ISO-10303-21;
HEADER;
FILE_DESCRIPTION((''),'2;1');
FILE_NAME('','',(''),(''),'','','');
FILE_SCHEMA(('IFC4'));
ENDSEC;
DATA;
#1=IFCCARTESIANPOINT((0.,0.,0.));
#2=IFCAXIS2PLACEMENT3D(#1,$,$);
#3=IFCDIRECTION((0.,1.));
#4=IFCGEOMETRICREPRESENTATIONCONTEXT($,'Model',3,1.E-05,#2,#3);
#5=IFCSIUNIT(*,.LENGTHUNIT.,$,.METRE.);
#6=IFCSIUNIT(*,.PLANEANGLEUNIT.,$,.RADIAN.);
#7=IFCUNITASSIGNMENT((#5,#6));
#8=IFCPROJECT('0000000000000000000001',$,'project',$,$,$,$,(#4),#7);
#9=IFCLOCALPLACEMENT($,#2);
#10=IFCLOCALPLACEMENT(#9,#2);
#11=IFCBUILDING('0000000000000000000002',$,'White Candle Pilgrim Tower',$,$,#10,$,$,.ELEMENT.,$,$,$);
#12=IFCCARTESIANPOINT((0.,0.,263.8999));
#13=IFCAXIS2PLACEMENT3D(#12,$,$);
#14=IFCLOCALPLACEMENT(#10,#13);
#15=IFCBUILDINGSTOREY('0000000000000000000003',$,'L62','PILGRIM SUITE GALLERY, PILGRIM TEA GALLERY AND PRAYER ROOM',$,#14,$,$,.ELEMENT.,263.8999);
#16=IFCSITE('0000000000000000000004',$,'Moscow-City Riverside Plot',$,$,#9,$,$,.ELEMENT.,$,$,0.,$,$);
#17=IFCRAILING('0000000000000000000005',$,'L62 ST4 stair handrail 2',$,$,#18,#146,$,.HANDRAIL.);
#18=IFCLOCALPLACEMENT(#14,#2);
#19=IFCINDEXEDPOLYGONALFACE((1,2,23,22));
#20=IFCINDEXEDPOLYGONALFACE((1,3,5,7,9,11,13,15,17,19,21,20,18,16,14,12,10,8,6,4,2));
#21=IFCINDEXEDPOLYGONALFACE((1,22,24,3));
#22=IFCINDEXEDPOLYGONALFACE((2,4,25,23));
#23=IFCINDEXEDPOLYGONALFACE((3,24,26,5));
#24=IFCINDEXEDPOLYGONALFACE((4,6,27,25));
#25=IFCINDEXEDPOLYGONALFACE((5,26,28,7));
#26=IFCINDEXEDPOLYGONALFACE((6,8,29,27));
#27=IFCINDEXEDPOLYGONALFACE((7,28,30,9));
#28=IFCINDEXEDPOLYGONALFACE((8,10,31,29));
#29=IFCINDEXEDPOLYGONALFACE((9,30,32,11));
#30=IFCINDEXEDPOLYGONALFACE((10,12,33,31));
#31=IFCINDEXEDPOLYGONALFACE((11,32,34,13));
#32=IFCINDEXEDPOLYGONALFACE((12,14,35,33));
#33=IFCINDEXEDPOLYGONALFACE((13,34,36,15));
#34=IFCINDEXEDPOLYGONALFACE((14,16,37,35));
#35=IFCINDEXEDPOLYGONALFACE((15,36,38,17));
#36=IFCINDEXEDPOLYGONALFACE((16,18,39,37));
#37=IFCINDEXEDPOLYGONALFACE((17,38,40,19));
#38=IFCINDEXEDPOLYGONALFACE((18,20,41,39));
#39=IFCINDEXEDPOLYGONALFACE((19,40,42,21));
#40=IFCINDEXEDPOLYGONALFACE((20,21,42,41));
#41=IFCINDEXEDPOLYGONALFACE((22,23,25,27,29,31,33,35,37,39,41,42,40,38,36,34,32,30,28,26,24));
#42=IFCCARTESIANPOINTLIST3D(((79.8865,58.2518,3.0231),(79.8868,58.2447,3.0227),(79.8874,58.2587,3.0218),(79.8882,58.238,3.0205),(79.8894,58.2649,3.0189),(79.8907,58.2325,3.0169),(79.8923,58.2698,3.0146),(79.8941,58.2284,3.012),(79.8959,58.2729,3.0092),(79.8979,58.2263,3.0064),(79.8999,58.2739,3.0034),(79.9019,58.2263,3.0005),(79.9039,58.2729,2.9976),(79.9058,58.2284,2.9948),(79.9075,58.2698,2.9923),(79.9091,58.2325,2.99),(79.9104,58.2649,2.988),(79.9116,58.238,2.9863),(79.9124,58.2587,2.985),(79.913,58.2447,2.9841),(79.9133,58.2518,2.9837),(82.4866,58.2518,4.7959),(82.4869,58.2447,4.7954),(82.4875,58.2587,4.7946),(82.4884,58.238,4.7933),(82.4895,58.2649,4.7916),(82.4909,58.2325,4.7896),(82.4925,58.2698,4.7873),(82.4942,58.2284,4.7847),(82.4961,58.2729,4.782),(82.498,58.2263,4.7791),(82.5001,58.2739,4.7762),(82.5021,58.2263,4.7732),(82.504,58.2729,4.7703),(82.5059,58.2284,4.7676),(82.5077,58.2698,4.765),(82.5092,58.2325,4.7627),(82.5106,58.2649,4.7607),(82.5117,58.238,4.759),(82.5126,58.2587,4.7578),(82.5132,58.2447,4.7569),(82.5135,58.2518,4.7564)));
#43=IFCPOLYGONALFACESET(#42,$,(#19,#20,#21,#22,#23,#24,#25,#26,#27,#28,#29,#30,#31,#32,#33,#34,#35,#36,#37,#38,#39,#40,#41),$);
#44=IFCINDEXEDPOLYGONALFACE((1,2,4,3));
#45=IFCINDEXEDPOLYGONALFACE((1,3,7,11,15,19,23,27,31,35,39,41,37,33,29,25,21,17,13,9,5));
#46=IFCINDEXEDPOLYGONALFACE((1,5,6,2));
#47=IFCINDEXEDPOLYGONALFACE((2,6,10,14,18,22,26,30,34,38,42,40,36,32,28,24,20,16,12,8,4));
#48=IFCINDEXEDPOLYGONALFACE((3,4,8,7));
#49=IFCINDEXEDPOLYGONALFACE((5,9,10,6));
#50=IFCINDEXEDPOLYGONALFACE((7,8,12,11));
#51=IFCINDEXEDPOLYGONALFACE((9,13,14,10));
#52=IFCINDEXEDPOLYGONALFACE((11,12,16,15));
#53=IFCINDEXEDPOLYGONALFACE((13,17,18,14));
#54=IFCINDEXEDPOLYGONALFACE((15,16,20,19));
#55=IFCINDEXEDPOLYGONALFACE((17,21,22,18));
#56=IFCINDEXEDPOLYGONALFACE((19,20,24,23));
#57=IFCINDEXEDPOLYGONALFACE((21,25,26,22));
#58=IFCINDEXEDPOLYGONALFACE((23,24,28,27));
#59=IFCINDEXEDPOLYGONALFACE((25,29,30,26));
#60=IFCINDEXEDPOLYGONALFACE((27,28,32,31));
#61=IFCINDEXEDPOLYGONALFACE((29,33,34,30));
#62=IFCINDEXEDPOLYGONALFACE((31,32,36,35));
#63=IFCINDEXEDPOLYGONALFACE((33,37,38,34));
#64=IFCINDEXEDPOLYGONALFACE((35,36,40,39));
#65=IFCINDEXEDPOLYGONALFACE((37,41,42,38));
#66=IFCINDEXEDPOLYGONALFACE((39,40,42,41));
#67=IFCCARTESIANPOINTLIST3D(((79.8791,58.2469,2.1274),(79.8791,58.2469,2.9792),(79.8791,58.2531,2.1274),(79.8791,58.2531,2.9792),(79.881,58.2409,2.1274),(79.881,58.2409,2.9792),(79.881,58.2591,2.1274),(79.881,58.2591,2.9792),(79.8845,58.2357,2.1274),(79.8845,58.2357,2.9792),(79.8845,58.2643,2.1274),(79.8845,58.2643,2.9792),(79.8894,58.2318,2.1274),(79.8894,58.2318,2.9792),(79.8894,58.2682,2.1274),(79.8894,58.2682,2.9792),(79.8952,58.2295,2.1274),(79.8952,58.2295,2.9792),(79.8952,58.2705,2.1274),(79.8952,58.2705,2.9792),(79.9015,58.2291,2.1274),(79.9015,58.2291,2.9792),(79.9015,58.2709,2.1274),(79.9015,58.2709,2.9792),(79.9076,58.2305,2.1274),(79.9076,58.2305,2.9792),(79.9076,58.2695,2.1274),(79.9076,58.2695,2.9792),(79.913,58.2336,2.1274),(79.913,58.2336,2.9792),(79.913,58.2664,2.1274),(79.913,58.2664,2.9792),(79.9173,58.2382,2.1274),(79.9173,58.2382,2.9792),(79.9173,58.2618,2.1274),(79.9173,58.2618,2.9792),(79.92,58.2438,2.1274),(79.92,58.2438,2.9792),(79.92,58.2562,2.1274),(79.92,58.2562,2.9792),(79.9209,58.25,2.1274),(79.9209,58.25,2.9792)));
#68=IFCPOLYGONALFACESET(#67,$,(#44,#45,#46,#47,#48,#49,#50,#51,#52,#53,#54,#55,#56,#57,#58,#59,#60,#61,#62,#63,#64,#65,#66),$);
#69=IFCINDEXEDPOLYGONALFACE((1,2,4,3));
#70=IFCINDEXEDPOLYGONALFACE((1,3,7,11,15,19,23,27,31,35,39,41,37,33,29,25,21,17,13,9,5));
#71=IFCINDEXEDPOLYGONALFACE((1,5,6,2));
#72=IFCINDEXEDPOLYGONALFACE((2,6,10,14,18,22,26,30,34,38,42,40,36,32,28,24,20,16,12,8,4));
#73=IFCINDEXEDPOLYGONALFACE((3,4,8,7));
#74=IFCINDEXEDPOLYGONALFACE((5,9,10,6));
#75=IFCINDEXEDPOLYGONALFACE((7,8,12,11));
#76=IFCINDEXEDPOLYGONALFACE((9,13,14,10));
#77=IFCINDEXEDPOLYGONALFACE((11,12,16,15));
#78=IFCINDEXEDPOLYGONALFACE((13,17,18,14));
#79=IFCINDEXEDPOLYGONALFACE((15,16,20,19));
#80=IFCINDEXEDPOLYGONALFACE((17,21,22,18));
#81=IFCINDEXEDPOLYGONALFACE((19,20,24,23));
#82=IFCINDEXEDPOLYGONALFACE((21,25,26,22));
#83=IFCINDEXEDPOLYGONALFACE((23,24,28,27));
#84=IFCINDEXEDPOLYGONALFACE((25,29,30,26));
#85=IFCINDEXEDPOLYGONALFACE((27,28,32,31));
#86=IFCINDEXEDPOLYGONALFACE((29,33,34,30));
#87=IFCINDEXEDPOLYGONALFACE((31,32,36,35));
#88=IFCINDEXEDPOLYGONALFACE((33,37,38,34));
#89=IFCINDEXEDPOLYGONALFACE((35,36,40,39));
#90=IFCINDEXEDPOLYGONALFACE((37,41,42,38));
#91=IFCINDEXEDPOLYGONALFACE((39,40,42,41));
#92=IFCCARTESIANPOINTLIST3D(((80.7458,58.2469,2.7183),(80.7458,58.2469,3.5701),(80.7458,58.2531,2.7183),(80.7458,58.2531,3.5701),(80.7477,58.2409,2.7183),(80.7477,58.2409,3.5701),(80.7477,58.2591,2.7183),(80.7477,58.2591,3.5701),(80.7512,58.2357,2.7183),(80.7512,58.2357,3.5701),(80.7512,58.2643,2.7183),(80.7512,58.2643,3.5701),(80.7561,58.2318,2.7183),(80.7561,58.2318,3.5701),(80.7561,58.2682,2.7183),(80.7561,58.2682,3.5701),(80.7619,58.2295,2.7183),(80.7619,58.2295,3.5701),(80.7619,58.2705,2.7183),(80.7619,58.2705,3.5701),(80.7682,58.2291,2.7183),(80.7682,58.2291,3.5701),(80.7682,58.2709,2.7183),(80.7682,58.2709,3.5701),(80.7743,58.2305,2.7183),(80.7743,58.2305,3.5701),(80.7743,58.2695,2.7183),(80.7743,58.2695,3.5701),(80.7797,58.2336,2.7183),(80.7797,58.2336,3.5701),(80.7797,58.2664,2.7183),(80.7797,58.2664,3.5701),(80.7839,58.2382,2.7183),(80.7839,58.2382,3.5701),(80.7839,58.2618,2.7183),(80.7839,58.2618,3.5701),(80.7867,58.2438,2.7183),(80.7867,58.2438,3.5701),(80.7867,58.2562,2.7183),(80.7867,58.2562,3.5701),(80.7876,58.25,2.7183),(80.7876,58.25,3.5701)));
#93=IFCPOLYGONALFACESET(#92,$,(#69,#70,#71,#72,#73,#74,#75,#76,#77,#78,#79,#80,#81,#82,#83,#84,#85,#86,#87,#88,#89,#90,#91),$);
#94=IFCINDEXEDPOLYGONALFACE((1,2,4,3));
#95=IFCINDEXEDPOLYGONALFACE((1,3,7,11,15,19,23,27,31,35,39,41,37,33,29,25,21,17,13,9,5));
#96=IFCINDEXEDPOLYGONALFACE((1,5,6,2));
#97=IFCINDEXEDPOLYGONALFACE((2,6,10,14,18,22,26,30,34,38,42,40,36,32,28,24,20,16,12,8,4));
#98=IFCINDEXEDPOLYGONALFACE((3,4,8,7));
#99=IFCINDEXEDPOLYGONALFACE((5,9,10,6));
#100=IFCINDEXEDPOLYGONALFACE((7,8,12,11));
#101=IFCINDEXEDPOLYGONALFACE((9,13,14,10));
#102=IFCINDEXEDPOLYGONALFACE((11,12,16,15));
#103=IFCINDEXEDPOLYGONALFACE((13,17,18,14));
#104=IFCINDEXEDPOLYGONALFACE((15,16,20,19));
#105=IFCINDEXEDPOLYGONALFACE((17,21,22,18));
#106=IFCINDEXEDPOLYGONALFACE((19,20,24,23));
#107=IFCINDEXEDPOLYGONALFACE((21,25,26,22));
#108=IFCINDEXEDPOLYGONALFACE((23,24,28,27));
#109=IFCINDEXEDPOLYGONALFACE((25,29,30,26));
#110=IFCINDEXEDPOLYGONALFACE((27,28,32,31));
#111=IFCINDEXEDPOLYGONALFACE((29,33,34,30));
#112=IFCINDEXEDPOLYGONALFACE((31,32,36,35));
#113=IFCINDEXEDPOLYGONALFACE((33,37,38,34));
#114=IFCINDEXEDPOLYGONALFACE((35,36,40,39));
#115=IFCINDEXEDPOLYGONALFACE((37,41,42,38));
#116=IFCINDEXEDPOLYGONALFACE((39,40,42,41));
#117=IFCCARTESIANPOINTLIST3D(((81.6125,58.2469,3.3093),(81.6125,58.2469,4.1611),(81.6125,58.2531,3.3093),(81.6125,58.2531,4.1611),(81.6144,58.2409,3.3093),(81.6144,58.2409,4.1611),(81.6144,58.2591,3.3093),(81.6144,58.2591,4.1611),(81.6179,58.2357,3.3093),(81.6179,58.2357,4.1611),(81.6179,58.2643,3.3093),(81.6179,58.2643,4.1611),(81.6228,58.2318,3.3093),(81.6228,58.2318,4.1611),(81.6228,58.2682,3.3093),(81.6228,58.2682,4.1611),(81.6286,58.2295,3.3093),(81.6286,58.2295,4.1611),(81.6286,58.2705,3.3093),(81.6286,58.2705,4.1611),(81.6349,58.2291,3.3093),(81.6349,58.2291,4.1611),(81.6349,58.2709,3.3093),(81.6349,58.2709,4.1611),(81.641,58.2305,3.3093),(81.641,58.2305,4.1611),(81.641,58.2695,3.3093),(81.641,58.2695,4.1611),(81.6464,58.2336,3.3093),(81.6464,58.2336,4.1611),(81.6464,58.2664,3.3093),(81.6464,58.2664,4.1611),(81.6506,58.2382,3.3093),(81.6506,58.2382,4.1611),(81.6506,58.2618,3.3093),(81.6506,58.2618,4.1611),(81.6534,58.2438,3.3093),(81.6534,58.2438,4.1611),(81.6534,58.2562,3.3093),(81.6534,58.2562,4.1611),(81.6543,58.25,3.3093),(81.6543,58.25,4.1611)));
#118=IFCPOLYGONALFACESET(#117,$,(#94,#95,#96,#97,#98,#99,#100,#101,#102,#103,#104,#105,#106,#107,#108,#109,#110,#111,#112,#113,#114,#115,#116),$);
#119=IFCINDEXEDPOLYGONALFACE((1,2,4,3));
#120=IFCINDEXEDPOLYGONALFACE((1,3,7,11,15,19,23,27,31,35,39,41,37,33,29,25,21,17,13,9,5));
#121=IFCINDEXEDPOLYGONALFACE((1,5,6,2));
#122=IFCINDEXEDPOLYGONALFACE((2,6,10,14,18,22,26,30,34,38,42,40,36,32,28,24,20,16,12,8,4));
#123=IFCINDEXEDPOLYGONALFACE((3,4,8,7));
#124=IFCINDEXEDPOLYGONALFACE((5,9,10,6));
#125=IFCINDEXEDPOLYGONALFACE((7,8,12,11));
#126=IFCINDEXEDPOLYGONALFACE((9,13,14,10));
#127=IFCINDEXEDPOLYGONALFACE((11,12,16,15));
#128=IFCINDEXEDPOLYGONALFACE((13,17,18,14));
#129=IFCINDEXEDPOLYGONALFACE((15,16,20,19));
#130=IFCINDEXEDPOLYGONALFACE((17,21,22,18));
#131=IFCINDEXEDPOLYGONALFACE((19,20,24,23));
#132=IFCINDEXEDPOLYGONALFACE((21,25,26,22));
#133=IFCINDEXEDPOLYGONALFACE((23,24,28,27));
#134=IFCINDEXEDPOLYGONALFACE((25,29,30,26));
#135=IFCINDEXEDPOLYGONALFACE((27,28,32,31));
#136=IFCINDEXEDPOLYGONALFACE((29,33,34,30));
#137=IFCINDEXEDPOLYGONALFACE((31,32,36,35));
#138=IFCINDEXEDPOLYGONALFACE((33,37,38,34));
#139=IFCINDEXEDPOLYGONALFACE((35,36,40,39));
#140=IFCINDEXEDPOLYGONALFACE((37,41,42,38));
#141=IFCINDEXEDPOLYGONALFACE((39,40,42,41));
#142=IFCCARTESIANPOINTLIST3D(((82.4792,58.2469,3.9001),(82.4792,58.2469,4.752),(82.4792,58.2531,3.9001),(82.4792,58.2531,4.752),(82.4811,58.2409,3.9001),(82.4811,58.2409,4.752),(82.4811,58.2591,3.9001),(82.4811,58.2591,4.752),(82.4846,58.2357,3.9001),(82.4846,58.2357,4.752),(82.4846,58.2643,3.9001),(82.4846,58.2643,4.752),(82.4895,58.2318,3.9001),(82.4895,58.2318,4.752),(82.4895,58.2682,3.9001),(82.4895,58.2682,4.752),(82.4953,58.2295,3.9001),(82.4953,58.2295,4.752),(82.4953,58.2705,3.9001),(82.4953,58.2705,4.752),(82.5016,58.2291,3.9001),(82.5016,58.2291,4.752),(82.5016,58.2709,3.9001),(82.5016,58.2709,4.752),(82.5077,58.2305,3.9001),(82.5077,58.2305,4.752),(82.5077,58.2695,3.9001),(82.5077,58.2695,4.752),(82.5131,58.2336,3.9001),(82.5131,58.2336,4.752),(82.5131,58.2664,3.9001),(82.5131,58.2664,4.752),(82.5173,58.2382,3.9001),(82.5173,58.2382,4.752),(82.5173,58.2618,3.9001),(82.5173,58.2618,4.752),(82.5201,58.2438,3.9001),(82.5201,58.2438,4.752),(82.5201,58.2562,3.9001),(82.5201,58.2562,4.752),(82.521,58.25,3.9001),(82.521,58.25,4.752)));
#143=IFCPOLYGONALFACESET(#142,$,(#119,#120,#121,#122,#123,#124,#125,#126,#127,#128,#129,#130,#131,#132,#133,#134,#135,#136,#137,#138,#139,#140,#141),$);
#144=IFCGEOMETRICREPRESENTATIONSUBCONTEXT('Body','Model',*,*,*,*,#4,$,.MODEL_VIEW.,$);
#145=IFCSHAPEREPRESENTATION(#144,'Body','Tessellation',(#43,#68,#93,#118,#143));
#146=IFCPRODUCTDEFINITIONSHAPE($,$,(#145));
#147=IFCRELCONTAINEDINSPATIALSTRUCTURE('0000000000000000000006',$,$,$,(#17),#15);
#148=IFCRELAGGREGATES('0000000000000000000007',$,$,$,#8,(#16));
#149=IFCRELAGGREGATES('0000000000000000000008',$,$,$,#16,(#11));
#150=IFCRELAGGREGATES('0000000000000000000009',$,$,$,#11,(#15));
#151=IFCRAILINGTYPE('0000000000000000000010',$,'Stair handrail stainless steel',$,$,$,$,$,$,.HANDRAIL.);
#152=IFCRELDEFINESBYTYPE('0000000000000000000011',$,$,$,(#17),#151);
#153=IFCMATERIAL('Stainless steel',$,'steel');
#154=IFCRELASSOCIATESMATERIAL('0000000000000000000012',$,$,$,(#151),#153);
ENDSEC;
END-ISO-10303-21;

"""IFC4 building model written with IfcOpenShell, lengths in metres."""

from ifc_helpers import new_model, si_unit, direction, frame, origin, origin_2d, place, context, subcontext, project, spatial, circle, extrude, material, type_object, element, save


model = new_model("IFC4")

# Units and contexts
model_context = context("Model", 3, precision=1e-05, world=origin(), true_north=direction((0.0, 1.0)))
body_context = subcontext(model_context, "Body", "Model", "MODEL_VIEW")
ifc_project = project(units=[si_unit("LENGTHUNIT", "METRE"), si_unit("PLANEANGLEUNIT", "RADIAN")], contexts=[model_context])

# Site, building, storey
site_placement = place(None, origin())
site = spatial("IfcSite", under=ifc_project, at=site_placement, Name="Moscow-City Riverside Plot", CompositionType="ELEMENT", RefElevation=0.0)
building_placement = place(site_placement, origin())
building = spatial("IfcBuilding", under=site, at=building_placement, Name="White Candle Pilgrim Tower", CompositionType="ELEMENT")
storey_placement = place(building_placement, frame((0.0, 0.0, 263.8999)))
storey = spatial("IfcBuildingStorey", under=building, at=storey_placement, Name="L62", Description="PILGRIM SUITE GALLERY, PILGRIM TEA GALLERY AND PRAYER ROOM", CompositionType="ELEMENT", Elevation=263.8999)

# Railing
ifc_material_1 = material(Name="Stainless steel", Category="steel")
railing_type_1 = type_object("IfcRailingType", Name="Stair handrail stainless steel", PredefinedType="HANDRAIL", material=ifc_material_1)
railing_1_placement = place(storey_placement, frame((79.8999, 58.25, 2.1274)))
element("IfcRailing", 1, at=railing_1_placement, inside=storey, type_object=railing_type_1, Name="L62 ST4 stair handrail 2", PredefinedType="HANDRAIL", context=body_context, shape_type="SweptSolid", body=[
    extrude(circle(Radius=0.0239, at=origin_2d()), frame((0.0, 0.0, 0.876), z_axis=(0.82624, 0.0, 0.563318), x_axis=(0.0, 1.0, 0.0)), (0.0, 0.0, 1.0), 3.147),
    extrude(circle(Radius=0.021, at=origin_2d()), origin(), (0.0, 0.0, 1.0), 0.8518),
    extrude(circle(Radius=0.021, at=origin_2d()), frame((0.8667, 0.0, 0.5908)), (0.0, 0.0, 1.0), 0.8518),
    extrude(circle(Radius=0.021, at=origin_2d()), frame((1.7334, 0.0, 1.1819)), (0.0, 0.0, 1.0), 0.8518),
    extrude(circle(Radius=0.021, at=origin_2d()), frame((2.6001, 0.0, 1.7727)), (0.0, 0.0, 1.0), 0.8518),
])

save(model, "model.ifc")
